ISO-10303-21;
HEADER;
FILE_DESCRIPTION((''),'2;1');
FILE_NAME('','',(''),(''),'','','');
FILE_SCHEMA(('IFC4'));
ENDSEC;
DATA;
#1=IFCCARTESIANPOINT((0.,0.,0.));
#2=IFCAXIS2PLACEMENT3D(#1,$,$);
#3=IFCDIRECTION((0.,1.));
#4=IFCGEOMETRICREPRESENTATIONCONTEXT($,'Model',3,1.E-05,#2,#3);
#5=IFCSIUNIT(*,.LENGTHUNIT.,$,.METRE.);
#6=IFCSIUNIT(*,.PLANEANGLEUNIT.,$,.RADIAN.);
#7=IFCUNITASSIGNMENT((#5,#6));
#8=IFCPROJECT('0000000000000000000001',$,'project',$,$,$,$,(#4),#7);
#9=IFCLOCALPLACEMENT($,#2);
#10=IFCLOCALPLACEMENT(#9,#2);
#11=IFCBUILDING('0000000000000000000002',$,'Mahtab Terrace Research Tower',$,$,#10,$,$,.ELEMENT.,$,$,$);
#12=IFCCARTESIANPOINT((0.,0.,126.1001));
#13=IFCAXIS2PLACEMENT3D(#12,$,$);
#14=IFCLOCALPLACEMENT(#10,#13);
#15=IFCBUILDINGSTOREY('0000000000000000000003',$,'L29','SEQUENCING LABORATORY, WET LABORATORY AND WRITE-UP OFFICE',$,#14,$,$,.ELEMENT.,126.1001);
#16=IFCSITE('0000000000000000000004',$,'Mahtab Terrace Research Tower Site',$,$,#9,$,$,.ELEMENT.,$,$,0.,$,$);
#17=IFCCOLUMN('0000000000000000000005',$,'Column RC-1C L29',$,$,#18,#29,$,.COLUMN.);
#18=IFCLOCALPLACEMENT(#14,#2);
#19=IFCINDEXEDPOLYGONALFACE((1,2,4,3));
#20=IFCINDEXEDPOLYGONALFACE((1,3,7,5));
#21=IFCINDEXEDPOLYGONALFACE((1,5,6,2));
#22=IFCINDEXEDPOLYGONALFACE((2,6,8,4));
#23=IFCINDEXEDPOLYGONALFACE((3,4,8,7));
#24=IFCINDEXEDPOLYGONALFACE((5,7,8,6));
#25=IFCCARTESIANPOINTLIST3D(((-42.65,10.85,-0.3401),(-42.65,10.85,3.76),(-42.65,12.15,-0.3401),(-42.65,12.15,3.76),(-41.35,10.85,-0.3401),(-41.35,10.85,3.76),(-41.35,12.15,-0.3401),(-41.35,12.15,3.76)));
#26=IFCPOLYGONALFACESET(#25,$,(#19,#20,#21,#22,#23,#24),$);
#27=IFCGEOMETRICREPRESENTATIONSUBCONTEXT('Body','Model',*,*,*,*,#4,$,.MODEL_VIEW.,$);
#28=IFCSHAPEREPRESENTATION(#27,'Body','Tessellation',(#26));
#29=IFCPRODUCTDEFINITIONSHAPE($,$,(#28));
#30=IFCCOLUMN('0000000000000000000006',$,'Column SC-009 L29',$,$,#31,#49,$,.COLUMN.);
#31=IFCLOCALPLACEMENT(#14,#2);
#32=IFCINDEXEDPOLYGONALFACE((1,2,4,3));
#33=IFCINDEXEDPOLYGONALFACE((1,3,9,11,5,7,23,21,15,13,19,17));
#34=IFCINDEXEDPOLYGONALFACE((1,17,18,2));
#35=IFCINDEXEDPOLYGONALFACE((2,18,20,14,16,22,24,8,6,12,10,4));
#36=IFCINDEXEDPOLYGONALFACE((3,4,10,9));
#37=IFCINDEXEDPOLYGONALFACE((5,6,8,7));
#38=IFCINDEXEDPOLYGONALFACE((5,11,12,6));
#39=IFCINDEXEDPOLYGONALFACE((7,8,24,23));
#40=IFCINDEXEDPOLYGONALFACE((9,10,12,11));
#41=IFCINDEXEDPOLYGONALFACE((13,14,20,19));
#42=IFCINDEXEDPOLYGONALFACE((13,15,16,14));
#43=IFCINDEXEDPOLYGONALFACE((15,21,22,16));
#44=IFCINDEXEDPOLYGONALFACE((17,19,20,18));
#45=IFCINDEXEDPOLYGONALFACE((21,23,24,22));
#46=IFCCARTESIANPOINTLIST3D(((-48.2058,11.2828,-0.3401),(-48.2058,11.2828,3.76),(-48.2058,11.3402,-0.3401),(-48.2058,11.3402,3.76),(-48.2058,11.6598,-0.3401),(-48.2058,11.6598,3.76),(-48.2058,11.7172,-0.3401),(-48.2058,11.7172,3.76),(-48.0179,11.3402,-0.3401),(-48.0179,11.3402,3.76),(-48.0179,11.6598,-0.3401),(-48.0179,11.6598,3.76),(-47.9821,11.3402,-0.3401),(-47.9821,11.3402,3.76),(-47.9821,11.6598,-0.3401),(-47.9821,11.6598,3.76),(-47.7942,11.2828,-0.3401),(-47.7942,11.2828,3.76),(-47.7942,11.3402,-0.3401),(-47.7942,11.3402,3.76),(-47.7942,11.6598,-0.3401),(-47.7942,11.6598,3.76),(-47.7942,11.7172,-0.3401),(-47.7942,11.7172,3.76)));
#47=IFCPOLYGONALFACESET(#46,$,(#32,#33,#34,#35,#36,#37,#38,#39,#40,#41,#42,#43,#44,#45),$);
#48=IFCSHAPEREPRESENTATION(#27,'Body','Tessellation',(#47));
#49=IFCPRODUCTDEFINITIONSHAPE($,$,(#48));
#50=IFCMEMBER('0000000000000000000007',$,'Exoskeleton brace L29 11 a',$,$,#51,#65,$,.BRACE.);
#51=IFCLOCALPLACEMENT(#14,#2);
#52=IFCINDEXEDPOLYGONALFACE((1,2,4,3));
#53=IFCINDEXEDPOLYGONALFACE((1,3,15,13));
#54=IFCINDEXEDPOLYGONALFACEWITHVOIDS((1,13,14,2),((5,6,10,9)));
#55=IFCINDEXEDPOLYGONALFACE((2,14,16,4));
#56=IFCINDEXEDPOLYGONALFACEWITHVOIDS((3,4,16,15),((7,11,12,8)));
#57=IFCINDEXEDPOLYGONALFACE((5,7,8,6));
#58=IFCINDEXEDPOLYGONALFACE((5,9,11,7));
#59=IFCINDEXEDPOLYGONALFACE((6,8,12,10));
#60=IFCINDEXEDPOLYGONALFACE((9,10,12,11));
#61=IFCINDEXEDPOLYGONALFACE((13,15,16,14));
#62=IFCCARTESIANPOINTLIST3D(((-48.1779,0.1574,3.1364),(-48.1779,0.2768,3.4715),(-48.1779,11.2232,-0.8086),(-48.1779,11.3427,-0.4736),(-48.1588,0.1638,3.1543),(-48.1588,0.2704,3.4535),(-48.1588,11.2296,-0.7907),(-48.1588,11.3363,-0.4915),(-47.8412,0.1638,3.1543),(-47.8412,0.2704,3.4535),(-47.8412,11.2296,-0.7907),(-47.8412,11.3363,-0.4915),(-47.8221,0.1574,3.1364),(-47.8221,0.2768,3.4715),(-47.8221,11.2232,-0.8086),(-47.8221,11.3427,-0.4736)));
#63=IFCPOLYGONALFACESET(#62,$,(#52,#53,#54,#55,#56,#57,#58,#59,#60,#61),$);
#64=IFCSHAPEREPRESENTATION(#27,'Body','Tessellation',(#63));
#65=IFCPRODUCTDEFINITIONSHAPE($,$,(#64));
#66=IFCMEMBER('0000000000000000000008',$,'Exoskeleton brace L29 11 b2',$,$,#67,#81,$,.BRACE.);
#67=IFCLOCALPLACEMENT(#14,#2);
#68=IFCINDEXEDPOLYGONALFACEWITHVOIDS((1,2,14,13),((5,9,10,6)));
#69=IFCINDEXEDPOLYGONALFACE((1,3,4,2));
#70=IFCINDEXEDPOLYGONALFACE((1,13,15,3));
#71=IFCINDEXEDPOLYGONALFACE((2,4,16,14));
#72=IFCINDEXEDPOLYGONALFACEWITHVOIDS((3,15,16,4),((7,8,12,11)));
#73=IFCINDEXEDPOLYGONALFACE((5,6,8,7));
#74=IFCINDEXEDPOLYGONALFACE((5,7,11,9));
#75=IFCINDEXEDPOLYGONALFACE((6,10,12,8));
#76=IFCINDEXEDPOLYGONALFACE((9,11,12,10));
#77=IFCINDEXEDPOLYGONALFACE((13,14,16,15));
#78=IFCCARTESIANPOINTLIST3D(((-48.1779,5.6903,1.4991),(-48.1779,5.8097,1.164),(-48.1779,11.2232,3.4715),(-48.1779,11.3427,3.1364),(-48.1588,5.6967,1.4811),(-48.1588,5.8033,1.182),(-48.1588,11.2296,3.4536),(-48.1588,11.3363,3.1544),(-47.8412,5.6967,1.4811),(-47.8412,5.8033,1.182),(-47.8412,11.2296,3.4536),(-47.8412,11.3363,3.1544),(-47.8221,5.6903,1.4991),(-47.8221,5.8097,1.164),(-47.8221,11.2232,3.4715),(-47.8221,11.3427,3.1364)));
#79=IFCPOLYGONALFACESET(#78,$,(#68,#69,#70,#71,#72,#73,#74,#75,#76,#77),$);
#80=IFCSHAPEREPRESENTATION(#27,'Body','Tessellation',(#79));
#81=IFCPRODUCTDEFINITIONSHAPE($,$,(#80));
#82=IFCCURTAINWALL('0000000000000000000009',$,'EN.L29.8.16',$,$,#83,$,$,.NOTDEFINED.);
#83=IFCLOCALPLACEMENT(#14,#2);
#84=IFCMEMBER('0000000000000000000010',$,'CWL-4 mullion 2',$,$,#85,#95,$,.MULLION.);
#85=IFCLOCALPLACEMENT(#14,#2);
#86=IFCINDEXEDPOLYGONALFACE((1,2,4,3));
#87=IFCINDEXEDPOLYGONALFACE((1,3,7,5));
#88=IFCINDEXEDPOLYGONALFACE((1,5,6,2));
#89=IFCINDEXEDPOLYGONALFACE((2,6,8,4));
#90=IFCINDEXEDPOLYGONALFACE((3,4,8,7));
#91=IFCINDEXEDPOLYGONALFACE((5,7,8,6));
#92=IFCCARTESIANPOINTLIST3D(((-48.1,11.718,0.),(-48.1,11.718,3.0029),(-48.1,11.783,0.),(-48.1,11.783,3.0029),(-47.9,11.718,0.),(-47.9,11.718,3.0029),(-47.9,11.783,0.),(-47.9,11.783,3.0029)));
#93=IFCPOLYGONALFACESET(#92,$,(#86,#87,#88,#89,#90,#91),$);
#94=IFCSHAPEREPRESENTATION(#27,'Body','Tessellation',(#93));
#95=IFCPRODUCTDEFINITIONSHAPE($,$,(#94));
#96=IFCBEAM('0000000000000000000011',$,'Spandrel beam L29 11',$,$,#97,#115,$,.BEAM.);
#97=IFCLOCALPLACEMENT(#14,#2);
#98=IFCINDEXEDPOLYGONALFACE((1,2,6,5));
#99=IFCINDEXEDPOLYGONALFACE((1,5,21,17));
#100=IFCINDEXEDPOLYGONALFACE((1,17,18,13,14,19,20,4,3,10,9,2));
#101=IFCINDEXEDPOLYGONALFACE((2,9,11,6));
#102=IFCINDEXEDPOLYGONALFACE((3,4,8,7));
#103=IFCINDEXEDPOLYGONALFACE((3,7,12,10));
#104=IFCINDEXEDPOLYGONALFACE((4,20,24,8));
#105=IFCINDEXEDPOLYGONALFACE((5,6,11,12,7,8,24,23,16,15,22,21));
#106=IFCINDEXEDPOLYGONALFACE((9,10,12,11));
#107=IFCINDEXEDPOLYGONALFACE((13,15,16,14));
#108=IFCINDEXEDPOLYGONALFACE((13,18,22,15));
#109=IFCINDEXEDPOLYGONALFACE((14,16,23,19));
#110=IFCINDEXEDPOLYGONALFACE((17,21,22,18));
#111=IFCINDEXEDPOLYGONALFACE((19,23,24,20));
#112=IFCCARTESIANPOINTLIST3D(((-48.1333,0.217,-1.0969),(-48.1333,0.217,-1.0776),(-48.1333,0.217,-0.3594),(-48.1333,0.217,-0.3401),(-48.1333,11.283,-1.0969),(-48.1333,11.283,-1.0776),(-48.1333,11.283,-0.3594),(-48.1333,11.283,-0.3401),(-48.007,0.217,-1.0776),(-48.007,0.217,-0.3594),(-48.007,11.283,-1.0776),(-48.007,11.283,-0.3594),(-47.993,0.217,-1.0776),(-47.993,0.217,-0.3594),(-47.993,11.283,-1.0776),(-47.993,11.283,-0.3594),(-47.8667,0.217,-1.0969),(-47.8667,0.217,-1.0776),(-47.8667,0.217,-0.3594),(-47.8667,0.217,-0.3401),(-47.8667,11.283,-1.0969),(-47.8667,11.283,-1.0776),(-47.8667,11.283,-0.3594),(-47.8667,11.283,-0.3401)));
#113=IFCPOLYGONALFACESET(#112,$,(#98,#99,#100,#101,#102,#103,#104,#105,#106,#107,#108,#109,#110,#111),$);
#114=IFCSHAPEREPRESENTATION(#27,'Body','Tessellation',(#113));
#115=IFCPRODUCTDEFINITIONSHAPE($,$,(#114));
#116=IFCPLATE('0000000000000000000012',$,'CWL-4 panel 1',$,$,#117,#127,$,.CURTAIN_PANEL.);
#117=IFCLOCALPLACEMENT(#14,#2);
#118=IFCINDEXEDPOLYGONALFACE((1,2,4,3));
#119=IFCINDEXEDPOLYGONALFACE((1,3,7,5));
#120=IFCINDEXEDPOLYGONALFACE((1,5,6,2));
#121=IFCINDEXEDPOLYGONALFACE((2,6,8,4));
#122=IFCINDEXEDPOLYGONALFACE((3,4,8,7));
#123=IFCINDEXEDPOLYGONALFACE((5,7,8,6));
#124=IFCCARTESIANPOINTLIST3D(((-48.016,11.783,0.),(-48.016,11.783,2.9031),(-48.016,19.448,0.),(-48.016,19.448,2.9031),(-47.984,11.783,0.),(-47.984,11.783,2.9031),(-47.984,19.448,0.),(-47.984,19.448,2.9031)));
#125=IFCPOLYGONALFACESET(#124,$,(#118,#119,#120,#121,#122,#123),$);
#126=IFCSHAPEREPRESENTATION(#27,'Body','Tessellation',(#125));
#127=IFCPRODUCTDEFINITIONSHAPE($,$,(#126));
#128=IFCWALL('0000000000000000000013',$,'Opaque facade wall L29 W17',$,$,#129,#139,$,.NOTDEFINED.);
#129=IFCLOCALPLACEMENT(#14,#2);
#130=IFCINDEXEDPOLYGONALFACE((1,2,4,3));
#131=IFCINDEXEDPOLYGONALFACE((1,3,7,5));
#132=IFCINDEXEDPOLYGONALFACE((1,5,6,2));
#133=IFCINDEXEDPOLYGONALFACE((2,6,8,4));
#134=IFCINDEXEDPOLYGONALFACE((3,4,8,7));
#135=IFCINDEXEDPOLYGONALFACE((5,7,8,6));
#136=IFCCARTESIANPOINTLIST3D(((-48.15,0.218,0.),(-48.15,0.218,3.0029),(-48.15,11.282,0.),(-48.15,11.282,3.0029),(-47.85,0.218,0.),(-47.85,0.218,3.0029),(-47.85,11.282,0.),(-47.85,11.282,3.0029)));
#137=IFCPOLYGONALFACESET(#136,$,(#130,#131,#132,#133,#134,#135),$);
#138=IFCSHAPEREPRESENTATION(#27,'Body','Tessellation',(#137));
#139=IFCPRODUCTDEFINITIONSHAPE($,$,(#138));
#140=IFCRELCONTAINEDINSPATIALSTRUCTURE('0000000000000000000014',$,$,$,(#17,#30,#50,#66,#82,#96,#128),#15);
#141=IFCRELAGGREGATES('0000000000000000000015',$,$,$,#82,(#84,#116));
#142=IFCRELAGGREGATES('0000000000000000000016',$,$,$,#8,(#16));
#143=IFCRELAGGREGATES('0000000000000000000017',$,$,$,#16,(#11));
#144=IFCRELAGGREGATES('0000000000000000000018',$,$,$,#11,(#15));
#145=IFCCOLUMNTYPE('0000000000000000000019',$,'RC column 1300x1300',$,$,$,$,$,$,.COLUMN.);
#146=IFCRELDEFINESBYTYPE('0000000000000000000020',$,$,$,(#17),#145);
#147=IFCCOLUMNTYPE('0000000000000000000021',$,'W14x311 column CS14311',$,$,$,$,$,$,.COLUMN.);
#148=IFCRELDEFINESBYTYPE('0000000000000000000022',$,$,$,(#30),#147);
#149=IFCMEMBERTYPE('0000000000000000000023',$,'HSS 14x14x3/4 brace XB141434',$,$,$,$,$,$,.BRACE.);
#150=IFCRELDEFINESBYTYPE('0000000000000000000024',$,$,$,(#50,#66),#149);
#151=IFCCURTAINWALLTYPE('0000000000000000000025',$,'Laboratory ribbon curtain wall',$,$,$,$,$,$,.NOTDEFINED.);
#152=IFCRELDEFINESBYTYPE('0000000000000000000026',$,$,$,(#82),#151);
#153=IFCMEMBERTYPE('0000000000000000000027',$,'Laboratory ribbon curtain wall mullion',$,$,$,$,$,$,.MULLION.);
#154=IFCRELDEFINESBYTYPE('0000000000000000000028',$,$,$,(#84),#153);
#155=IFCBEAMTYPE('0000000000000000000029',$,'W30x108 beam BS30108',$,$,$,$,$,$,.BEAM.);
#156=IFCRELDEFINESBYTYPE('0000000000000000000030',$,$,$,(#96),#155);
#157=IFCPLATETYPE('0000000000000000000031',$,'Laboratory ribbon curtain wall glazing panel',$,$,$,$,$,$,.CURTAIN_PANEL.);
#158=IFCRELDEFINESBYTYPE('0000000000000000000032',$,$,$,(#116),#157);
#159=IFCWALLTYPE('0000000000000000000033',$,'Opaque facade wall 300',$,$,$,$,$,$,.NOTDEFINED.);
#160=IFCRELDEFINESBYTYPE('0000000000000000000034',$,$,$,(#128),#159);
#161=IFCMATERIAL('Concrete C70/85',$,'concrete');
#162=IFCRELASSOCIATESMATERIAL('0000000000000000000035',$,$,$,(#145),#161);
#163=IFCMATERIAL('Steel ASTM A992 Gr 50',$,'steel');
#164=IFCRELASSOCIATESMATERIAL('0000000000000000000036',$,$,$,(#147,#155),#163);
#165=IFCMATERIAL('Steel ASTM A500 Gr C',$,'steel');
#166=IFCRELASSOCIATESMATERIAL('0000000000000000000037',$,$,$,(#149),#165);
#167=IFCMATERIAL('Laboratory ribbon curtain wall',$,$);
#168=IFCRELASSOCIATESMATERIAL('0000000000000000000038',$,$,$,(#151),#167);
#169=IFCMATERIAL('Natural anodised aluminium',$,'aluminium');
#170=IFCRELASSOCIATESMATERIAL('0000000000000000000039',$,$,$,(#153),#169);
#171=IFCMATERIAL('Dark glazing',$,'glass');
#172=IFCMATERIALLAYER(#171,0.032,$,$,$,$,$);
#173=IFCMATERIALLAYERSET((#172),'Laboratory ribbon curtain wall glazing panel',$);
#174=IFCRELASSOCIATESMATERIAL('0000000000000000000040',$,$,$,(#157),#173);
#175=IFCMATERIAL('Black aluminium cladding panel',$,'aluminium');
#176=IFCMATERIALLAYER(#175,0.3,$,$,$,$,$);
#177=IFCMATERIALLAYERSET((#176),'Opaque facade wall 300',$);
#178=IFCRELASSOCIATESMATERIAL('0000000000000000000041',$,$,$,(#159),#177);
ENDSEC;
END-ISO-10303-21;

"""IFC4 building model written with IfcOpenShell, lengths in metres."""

from ifc_helpers import new_model, si_unit, direction, frame, frame_2d, origin, origin_2d, place, context, subcontext, project, spatial, rectangle, hollow_rectangle, i_section, extrude, material, layer, layer_set, material_profile, profile_set, type_object, element, aggregate, save


model = new_model("IFC4")

# Units and contexts
model_context = context("Model", 3, precision=1e-05, world=origin(), true_north=direction((0.0, 1.0)))
body_context = subcontext(model_context, "Body", "Model", "MODEL_VIEW")
ifc_project = project(units=[si_unit("LENGTHUNIT", "METRE"), si_unit("PLANEANGLEUNIT", "RADIAN")], contexts=[model_context])

# Site, building, storey
site_placement = place(None, origin())
site = spatial("IfcSite", under=ifc_project, at=site_placement, Name="Mahtab Terrace Research Tower Site", CompositionType="ELEMENT", RefElevation=0.0)
building_placement = place(site_placement, origin())
building = spatial("IfcBuilding", under=site, at=building_placement, Name="Mahtab Terrace Research Tower", CompositionType="ELEMENT")
storey_placement = place(building_placement, frame((0.0, 0.0, 126.1001)))
storey = spatial("IfcBuildingStorey", under=building, at=storey_placement, Name="L29", Description="SEQUENCING LABORATORY, WET LABORATORY AND WRITE-UP OFFICE", CompositionType="ELEMENT", Elevation=126.1001)

# Columns
ifc_material_1 = material(Name="Concrete C70/85", Category="concrete")
ifc_material_profile_1 = material_profile(ifc_material_1, rectangle(XDim=1.3, YDim=1.3, at=origin_2d()), Name="RC column 1300x1300")
ifc_profile_set_1 = profile_set([ifc_material_profile_1], Name="Concrete C70/85")
column_type_1 = type_object("IfcColumnType", Name="RC column 1300x1300", PredefinedType="COLUMN", material=ifc_profile_set_1)
column_1_placement = place(storey_placement, frame((-42.0, 11.5, -0.3401), z_axis=(0.0, 0.0, 1.0), x_axis=(1.0, 0.0, 0.0)))
element("IfcColumn", 1, at=column_1_placement, inside=storey, type_object=column_type_1, Name="Column RC-1C L29", PredefinedType="COLUMN", context=body_context, shape_type="SweptSolid", body=[
    extrude(rectangle(XDim=1.3, YDim=1.3, at=origin_2d()), origin(), (0.0, 0.0, 1.0), 4.1001),
])
ifc_material_2 = material(Name="Steel ASTM A992 Gr 50", Category="steel")
ifc_material_profile_2 = material_profile(ifc_material_2, i_section(OverallWidth=0.4116, OverallDepth=0.4343, WebThickness=0.0359, FlangeThickness=0.0574, at=origin_2d()), Name="W14X311")
ifc_profile_set_2 = profile_set([ifc_material_profile_2], Name="Steel ASTM A992 Gr 50")
column_type_2 = type_object("IfcColumnType", Name="W14x311 column CS14311", PredefinedType="COLUMN", material=ifc_profile_set_2)
column_2_placement = place(storey_placement, frame((-48.0, 11.5, -0.3401), z_axis=(0.0, 0.0, 1.0), x_axis=(1.0, 0.0, 0.0)))
element("IfcColumn", 2, at=column_2_placement, inside=storey, type_object=column_type_2, Name="Column SC-009 L29", PredefinedType="COLUMN", context=body_context, shape_type="SweptSolid", body=[
    extrude(i_section(OverallWidth=0.4116, OverallDepth=0.4343, WebThickness=0.0359, FlangeThickness=0.0574, at=origin_2d()), origin(), (0.0, 0.0, 1.0), 4.1001),
])

# Members
ifc_material_3 = material(Name="Steel ASTM A500 Gr C", Category="steel")
ifc_material_profile_3 = material_profile(ifc_material_3, hollow_rectangle(XDim=0.3557, YDim=0.3557, WallThickness=0.019, at=origin_2d()), Name="HSS14X14X3/4")
ifc_profile_set_3 = profile_set([ifc_material_profile_3], Name="Steel ASTM A500 Gr C")
member_type_1 = type_object("IfcMemberType", Name="HSS 14x14x3/4 brace XB141434", PredefinedType="BRACE", material=ifc_profile_set_3)
member_1_placement = place(storey_placement, frame((-48.0, 11.283, -0.6411), z_axis=(0.0, -0.941932, 0.335804), x_axis=(1.0, 0.0, 0.0)))
element("IfcMember", 3, at=member_1_placement, inside=storey, type_object=member_type_1, Name="Exoskeleton brace L29 11 a", PredefinedType="BRACE", context=body_context, shape_type="SweptSolid", body=[
    extrude(hollow_rectangle(XDim=0.3557, YDim=0.3557, WallThickness=0.019, at=origin_2d()), origin(), (0.0, 0.0, 1.0), 11.748),
])
member_2_placement = place(storey_placement, frame((-48.0, 5.75, 1.3315), z_axis=(0.0, 0.941938, 0.335786), x_axis=(-1.0, 0.0, 0.0)))
element("IfcMember", 4, at=member_2_placement, inside=storey, type_object=member_type_1, Name="Exoskeleton brace L29 11 b2", PredefinedType="BRACE", context=body_context, shape_type="SweptSolid", body=[
    extrude(hollow_rectangle(XDim=0.3557, YDim=0.3557, WallThickness=0.019, at=origin_2d()), origin(), (0.0, 0.0, 1.0), 5.874),
])

# Curtain wall, member
ifc_material_4 = material(Name="Laboratory ribbon curtain wall")
curtain_wall_type = type_object("IfcCurtainWallType", Name="Laboratory ribbon curtain wall", PredefinedType="NOTDEFINED", material=ifc_material_4)
curtain_wall_placement = place(storey_placement, origin())
curtain_wall = element("IfcCurtainWall", 5, at=curtain_wall_placement, inside=storey, type_object=curtain_wall_type, Name="EN.L29.8.16", PredefinedType="NOTDEFINED")
ifc_material_5 = material(Name="Natural anodised aluminium", Category="aluminium")
ifc_material_profile_4 = material_profile(ifc_material_5, rectangle(XDim=0.2, YDim=0.0649, at=origin_2d()), Name="MULLION 65x200")
ifc_profile_set_4 = profile_set([ifc_material_profile_4], Name="Natural anodised aluminium")
member_type_2 = type_object("IfcMemberType", Name="Laboratory ribbon curtain wall mullion", PredefinedType="MULLION", material=ifc_profile_set_4)
member_3_placement = place(storey_placement, frame((-48.0, 11.7505, 0.0), z_axis=(0.0, 0.0, 1.0), x_axis=(1.0, 0.0, 0.0)))
member_3 = element("IfcMember", 6, at=member_3_placement, type_object=member_type_2, Name="CWL-4 mullion 2", PredefinedType="MULLION", context=body_context, shape_type="SweptSolid", body=[
    extrude(rectangle(XDim=0.2, YDim=0.0649, at=origin_2d()), origin(), (0.0, 0.0, 1.0), 3.0029),
])

# Beam
ifc_material_profile_5 = material_profile(ifc_material_2, i_section(OverallWidth=0.2666, OverallDepth=0.7568, WebThickness=0.0139, FlangeThickness=0.0193, at=origin_2d()), Name="W30X108")
ifc_profile_set_5 = profile_set([ifc_material_profile_5], Name="Steel ASTM A992 Gr 50")
beam_type = type_object("IfcBeamType", Name="W30x108 beam BS30108", PredefinedType="BEAM", material=ifc_profile_set_5)
beam_placement = place(storey_placement, frame((-48.0, 11.283, -0.7185), z_axis=(0.0, -1.0, 0.0), x_axis=(1.0, 0.0, 0.0)))
element("IfcBeam", 7, at=beam_placement, inside=storey, type_object=beam_type, Name="Spandrel beam L29 11", PredefinedType="BEAM", context=body_context, shape_type="SweptSolid", body=[
    extrude(i_section(OverallWidth=0.2666, OverallDepth=0.7568, WebThickness=0.0139, FlangeThickness=0.0193, at=origin_2d()), origin(), (0.0, 0.0, 1.0), 11.0659),
])

# Plate
ifc_material_6 = material(Name="Dark glazing", Category="glass")
ifc_layer_1 = layer(ifc_material_6, 0.032)
ifc_layer_set_1 = layer_set([ifc_layer_1], Name="Laboratory ribbon curtain wall glazing panel")
plate_type = type_object("IfcPlateType", Name="Laboratory ribbon curtain wall glazing panel", PredefinedType="CURTAIN_PANEL", material=ifc_layer_set_1)
plate_placement = place(storey_placement, frame((-48.0, 15.6155, 0.0), z_axis=(0.0, 0.0, 1.0), x_axis=(0.0, -1.0, 0.0)))
plate = element("IfcPlate", 8, at=plate_placement, type_object=plate_type, Name="CWL-4 panel 1", PredefinedType="CURTAIN_PANEL", context=body_context, shape_type="SweptSolid", body=[
    extrude(rectangle(XDim=7.665, YDim=0.032, at=origin_2d()), origin(), (0.0, 0.0, 1.0), 2.9031),
])
aggregate(curtain_wall, [member_3, plate])

# Wall
ifc_material_7 = material(Name="Black aluminium cladding panel", Category="aluminium")
ifc_layer_2 = layer(ifc_material_7, 0.3)
ifc_layer_set_2 = layer_set([ifc_layer_2], Name="Opaque facade wall 300")
wall_type_1 = type_object("IfcWallType", Name="Opaque facade wall 300", PredefinedType="NOTDEFINED", material=ifc_layer_set_2)
wall_1_placement = place(storey_placement, frame((-48.0, 11.282, 0.0), z_axis=(0.0, 0.0, 1.0), x_axis=(0.0, -1.0, 0.0)))
element("IfcWall", 9, at=wall_1_placement, inside=storey, type_object=wall_type_1, Name="Opaque facade wall L29 W17", PredefinedType="NOTDEFINED", context=body_context, shape_type="SweptSolid", body=[
    extrude(rectangle(XDim=11.064, YDim=0.3, at=frame_2d((5.532, 0.0))), origin(), (0.0, 0.0, 1.0), 3.0029),
])

save(model, "model.ifc")
